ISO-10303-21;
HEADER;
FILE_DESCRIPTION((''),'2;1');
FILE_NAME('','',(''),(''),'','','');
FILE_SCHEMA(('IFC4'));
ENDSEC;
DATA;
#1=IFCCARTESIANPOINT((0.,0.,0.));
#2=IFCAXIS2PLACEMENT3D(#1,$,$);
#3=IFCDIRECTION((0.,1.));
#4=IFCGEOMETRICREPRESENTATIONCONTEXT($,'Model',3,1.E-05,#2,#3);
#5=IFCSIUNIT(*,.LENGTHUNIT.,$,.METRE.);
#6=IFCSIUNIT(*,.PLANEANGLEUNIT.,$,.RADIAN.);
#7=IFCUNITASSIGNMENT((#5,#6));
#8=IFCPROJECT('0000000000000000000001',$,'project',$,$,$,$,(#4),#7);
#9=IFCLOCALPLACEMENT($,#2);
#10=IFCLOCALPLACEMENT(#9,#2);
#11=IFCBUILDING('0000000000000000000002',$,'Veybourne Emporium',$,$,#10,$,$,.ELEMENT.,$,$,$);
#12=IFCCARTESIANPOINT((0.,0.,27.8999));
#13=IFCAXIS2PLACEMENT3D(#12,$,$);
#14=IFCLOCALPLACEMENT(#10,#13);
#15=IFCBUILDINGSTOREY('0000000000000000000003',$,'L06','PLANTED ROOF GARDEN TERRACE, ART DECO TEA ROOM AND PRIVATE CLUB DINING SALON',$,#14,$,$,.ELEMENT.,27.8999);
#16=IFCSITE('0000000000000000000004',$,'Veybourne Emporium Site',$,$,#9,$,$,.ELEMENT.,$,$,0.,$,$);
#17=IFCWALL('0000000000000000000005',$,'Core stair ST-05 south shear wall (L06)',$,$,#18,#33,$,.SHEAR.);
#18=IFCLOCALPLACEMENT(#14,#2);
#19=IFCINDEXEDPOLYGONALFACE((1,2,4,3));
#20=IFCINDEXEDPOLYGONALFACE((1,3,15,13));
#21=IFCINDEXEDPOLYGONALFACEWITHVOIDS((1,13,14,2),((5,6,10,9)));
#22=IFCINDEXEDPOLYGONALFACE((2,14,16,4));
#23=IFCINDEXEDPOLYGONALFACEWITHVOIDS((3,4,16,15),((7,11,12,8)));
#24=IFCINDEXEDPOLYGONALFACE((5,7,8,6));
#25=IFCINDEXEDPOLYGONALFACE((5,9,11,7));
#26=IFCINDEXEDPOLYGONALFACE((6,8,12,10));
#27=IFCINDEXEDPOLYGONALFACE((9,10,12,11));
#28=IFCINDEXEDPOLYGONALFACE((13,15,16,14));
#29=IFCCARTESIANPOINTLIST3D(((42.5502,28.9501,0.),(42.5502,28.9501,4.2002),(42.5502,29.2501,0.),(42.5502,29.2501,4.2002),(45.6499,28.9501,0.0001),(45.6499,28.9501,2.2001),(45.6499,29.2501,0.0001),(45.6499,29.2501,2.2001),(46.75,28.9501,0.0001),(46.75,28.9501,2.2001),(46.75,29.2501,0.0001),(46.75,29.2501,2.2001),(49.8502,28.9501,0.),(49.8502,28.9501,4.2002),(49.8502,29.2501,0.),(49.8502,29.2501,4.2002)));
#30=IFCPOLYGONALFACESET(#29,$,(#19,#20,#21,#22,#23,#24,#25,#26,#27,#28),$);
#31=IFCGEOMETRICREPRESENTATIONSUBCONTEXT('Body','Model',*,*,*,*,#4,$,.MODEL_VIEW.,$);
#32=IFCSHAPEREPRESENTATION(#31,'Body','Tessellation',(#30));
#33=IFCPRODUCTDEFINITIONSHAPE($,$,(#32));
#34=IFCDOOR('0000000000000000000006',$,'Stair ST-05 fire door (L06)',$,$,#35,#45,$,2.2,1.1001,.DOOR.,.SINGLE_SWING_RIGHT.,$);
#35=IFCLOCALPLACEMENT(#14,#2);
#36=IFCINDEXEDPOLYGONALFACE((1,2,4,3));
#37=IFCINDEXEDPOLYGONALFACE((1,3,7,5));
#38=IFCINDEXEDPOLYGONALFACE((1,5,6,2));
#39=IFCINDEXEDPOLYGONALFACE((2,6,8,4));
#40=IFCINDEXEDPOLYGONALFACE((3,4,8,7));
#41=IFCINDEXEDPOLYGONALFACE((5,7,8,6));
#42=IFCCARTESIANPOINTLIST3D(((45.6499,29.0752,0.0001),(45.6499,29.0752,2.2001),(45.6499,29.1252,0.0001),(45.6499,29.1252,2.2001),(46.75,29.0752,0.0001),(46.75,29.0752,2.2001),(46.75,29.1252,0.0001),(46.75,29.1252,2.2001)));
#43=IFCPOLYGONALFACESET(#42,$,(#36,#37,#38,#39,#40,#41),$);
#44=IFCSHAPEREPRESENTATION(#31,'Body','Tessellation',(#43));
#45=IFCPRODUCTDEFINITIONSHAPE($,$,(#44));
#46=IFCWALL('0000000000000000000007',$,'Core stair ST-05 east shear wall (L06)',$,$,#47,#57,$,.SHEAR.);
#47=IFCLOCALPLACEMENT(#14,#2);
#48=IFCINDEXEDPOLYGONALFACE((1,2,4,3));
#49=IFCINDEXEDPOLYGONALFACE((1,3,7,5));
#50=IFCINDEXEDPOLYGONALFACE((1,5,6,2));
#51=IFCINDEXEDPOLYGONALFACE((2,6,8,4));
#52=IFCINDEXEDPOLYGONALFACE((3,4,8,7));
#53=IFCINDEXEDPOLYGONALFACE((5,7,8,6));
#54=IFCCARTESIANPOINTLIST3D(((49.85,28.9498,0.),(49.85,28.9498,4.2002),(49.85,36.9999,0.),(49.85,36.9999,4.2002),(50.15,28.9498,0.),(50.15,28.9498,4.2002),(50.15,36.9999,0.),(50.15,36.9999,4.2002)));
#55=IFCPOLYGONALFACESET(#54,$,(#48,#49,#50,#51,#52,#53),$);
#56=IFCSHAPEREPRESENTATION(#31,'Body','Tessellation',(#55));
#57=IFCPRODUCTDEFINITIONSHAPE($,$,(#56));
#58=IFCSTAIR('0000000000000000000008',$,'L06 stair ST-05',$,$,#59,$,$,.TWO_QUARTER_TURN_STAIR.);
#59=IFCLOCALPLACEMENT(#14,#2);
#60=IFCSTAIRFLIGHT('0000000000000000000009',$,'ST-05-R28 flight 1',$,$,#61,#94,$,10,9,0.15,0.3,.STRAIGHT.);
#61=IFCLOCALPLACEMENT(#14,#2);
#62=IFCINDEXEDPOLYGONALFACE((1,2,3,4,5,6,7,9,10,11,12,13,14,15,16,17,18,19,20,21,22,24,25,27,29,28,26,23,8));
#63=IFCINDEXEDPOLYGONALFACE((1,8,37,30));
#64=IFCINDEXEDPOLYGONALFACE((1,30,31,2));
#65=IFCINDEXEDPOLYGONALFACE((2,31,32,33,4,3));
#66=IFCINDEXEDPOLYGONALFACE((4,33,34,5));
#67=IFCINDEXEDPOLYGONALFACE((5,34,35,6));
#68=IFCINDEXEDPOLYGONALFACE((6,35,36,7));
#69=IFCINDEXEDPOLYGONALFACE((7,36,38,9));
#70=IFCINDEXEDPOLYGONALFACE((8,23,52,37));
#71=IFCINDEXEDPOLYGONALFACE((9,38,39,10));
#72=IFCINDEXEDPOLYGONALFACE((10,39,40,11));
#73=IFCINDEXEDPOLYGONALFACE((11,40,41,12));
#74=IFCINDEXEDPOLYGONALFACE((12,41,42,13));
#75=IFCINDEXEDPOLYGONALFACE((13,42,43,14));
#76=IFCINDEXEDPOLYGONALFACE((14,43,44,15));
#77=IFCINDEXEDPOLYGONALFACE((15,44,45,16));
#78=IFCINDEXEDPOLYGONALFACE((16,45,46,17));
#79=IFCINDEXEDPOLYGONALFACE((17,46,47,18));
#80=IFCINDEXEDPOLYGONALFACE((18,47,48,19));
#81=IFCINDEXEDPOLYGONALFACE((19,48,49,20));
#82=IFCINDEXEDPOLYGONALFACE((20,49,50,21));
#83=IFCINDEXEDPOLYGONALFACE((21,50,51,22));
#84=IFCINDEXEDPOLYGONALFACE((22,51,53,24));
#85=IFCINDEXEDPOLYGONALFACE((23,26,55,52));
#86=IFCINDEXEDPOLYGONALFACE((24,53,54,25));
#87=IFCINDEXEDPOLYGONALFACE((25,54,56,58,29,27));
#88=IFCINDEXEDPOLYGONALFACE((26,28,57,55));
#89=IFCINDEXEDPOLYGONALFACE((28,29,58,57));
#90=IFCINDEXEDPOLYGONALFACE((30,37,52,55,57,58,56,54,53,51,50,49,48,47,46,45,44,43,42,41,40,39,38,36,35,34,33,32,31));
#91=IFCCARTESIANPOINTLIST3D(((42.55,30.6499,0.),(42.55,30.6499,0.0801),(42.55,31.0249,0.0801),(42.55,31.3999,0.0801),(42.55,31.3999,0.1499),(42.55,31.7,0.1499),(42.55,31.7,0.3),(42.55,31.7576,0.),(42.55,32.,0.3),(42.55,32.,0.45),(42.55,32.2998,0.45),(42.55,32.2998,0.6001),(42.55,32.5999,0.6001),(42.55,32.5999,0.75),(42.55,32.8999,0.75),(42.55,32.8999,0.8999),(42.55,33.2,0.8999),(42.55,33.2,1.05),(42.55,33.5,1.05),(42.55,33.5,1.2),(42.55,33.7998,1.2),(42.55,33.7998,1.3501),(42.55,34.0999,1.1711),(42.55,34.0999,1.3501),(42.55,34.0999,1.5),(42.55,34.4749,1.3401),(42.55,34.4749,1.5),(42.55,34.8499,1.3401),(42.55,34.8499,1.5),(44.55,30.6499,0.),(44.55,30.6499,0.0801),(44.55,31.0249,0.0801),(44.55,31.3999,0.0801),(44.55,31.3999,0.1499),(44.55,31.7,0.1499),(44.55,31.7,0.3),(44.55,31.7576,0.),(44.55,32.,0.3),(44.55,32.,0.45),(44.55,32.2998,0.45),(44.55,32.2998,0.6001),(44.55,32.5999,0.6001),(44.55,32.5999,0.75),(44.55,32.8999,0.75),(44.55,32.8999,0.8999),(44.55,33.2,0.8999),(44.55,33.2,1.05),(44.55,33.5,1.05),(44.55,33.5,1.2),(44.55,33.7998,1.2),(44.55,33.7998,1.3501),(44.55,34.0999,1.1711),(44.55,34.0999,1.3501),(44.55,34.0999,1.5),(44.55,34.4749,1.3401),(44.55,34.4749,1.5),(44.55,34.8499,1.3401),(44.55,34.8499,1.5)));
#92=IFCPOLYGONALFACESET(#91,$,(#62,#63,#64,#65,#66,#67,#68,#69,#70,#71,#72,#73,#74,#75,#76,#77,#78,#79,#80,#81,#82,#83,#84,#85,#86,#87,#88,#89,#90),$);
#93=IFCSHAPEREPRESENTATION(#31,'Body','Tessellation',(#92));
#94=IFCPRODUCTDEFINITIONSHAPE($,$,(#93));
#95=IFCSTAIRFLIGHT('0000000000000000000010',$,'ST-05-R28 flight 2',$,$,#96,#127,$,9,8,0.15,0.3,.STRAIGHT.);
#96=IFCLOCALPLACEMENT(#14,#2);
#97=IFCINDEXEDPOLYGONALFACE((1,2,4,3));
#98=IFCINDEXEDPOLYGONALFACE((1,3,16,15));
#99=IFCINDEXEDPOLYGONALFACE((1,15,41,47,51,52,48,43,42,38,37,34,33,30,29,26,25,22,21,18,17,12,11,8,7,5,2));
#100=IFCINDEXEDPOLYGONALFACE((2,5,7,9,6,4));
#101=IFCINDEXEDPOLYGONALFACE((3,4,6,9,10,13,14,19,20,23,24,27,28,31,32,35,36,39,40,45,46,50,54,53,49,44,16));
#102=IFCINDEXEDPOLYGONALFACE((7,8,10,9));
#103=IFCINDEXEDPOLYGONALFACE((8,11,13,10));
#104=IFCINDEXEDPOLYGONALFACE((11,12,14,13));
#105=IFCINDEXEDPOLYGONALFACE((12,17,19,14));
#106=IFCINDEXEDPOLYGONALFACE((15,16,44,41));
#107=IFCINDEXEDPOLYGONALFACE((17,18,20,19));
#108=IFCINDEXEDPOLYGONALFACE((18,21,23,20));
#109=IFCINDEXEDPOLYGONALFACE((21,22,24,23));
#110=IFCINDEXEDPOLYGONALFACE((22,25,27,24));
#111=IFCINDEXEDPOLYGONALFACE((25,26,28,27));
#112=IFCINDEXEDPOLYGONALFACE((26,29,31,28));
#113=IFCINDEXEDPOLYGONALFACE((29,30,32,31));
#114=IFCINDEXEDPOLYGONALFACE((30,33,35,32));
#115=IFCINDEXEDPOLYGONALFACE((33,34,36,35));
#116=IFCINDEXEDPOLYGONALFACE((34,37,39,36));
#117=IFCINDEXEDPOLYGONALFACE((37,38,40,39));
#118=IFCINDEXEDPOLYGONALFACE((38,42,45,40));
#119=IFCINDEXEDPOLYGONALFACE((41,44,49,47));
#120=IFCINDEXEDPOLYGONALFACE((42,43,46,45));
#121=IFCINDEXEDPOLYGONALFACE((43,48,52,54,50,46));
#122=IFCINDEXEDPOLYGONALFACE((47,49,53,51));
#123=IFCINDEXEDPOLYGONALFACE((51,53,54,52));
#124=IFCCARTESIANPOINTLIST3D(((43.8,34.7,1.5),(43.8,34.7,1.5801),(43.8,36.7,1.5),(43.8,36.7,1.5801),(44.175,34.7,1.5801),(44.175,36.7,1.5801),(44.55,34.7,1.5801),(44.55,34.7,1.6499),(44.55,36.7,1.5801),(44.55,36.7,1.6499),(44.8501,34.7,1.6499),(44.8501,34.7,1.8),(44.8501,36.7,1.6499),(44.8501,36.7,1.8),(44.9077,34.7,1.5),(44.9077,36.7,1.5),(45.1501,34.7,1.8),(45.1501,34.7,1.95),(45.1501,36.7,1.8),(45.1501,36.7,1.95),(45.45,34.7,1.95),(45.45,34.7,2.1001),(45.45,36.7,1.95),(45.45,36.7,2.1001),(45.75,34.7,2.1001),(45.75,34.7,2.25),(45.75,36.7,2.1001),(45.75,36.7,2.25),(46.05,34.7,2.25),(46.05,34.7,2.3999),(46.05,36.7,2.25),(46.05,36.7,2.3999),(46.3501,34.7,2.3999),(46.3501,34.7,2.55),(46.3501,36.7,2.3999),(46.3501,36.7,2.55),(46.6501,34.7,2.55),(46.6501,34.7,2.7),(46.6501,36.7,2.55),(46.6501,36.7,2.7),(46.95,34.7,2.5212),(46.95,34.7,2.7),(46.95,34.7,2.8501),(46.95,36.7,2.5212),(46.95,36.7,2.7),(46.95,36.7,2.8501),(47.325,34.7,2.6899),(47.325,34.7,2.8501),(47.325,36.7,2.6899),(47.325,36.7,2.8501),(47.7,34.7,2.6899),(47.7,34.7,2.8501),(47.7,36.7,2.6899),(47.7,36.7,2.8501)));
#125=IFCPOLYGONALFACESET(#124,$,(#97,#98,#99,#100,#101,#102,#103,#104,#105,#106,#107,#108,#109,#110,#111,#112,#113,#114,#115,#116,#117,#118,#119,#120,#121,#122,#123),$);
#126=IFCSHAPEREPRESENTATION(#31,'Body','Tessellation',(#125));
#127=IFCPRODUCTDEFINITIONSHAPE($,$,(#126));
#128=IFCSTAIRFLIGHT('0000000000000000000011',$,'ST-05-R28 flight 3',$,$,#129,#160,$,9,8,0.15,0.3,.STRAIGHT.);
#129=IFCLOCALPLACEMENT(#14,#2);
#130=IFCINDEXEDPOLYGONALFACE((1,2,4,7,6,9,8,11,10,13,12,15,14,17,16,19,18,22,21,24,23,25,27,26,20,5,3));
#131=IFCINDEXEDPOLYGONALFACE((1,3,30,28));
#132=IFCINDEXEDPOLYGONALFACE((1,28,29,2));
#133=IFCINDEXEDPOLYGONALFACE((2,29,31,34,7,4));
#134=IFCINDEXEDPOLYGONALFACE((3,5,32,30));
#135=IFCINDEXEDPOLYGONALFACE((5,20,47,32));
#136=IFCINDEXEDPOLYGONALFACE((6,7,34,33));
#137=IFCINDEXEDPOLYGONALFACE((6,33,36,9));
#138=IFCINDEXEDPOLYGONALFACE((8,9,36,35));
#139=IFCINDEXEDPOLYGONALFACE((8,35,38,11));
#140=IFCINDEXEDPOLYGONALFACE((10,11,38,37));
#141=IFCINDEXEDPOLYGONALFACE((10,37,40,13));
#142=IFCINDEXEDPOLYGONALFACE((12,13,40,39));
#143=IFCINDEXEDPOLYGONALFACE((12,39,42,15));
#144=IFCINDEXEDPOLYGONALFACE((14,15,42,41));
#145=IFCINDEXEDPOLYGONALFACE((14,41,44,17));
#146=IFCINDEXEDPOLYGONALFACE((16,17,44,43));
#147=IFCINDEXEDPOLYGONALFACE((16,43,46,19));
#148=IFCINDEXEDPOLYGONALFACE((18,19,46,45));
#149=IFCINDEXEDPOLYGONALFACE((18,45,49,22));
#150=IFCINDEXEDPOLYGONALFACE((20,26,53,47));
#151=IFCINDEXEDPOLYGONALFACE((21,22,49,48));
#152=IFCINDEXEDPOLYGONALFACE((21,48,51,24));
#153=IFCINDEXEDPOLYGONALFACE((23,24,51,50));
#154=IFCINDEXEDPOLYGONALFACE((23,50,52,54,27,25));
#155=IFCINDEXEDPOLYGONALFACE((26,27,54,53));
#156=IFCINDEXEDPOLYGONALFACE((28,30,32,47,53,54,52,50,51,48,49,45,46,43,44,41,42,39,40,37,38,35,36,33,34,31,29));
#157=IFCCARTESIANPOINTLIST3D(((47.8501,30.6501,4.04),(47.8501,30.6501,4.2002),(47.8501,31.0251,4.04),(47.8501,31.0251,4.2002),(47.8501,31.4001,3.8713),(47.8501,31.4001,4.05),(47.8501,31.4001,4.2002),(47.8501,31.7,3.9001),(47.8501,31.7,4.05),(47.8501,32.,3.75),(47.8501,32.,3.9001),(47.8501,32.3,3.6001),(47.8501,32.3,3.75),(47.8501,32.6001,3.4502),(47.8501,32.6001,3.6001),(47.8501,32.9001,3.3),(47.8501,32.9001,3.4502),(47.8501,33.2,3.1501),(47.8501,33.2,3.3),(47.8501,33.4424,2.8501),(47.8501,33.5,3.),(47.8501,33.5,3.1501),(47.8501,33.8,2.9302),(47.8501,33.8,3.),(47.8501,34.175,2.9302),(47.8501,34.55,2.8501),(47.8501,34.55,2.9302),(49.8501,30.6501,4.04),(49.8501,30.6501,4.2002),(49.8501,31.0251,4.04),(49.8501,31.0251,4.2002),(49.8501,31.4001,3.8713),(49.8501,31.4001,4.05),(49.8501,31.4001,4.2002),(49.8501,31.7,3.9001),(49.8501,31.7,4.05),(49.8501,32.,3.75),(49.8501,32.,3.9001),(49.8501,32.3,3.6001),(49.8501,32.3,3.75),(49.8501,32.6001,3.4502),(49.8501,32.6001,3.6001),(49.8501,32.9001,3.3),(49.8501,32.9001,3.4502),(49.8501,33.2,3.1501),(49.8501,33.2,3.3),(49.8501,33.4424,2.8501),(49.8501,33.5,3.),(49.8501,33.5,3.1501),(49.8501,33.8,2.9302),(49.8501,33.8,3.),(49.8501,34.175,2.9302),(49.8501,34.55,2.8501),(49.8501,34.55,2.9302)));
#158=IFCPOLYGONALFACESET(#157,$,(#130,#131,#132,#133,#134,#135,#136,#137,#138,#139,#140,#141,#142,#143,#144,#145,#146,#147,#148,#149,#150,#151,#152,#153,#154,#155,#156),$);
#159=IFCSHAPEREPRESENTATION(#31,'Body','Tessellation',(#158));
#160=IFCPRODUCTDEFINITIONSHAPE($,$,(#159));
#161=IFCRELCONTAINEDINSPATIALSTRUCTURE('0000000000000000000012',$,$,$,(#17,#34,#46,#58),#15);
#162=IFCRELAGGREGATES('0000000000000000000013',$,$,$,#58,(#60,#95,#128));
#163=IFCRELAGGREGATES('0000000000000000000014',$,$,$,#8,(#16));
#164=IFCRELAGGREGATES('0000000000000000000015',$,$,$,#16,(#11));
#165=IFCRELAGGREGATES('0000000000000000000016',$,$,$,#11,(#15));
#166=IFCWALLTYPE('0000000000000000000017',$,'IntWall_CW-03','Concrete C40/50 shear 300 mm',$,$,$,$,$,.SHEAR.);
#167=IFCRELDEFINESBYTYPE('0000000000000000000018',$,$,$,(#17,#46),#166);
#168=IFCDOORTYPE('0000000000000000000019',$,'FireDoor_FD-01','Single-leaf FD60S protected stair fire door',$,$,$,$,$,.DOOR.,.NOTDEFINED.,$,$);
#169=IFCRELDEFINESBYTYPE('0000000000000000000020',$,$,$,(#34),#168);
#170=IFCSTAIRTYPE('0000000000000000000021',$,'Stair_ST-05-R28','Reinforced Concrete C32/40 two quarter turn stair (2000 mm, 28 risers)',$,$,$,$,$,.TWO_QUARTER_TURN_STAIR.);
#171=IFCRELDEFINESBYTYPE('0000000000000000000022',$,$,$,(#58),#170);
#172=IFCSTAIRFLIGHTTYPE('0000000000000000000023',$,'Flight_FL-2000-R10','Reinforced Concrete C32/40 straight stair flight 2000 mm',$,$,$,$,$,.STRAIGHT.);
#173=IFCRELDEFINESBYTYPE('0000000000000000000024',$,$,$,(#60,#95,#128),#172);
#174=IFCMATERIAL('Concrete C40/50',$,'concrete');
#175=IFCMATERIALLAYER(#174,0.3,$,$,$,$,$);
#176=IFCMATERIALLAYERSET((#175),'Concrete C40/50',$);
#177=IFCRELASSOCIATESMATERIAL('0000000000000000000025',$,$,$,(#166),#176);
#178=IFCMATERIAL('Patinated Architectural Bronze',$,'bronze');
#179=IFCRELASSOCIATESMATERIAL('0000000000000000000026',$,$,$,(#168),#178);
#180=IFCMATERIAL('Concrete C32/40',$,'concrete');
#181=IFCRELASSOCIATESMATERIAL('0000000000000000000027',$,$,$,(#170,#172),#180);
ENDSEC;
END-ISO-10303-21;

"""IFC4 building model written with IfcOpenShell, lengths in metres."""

from ifc_helpers import new_model, si_unit, direction, frame, frame_2d, origin, place, context, subcontext, project, spatial, polyline, rectangle, outline, extrude, material, layer, layer_set, type_object, element, fill, aggregate, save


model = new_model("IFC4")

# Units and contexts
model_context = context("Model", 3, precision=1e-05, world=origin(), true_north=direction((0.0, 1.0)))
body_context = subcontext(model_context, "Body", "Model", "MODEL_VIEW")
ifc_project = project(units=[si_unit("LENGTHUNIT", "METRE"), si_unit("PLANEANGLEUNIT", "RADIAN")], contexts=[model_context])

# Site, building, storey
site_placement = place(None, origin())
site = spatial("IfcSite", under=ifc_project, at=site_placement, Name="Veybourne Emporium Site", CompositionType="ELEMENT", RefElevation=0.0)
building_placement = place(site_placement, origin())
building = spatial("IfcBuilding", under=site, at=building_placement, Name="Veybourne Emporium", CompositionType="ELEMENT")
storey_placement = place(building_placement, frame((0.0, 0.0, 27.8999)))
storey = spatial("IfcBuildingStorey", under=building, at=storey_placement, Name="L06", Description="PLANTED ROOF GARDEN TERRACE, ART DECO TEA ROOM AND PRIVATE CLUB DINING SALON", CompositionType="ELEMENT", Elevation=27.8999)

# Shared definitions
ifc_material_1 = material(Name="Concrete C40/50", Category="concrete")

# Shared definitions
ifc_material_2 = material(Name="Concrete C32/40", Category="concrete")

# Wall, opening, door
ifc_layer_1 = layer(ifc_material_1, 0.3)
ifc_layer_set_1 = layer_set([ifc_layer_1], Name="Concrete C40/50")
wall_type_1 = type_object("IfcWallType", Name="IntWall_CW-03", Description="Concrete C40/50 shear 300 mm", PredefinedType="SHEAR", material=ifc_layer_set_1)
wall_1_placement = place(storey_placement, frame((49.8501, 29.1001, 0.0), z_axis=(0.0, 0.0, 1.0), x_axis=(-1.0, 0.0, 0.0)))
wall_1 = element("IfcWall", 1, at=wall_1_placement, inside=storey, type_object=wall_type_1, Name="Core stair ST-05 south shear wall (L06)", PredefinedType="SHEAR", context=body_context, shape_type="SweptSolid", body=[
    extrude(rectangle(XDim=7.3, YDim=0.3, at=frame_2d((3.6499, 0.0))), origin(), (0.0, 0.0, 1.0), 4.2002),
])
opening_1_placement = place(wall_1_placement, frame((3.1001, 0.0, 0.0)))
opening_1 = element("IfcOpeningElement", 2, at=opening_1_placement, cuts=wall_1, PredefinedType="OPENING", context=body_context, shape_type="SweptSolid", body=[
    extrude(rectangle(XDim=1.1001, YDim=2.2, at=frame_2d((0.55, 1.1001))), frame((0.0, 0.1699, 0.0), z_axis=(0.0, -1.0, 0.0), x_axis=(1.0, 0.0, 0.0)), (0.0, 0.0, 1.0), 0.3401),
])
ifc_material_3 = material(Name="Patinated Architectural Bronze", Category="bronze")
door_type = type_object("IfcDoorType", Name="FireDoor_FD-01", Description="Single-leaf FD60S protected stair fire door", OperationType="NOTDEFINED", PredefinedType="DOOR", material=ifc_material_3)
door_placement = place(opening_1_placement, origin())
door = element("IfcDoor", 3, at=door_placement, inside=storey, type_object=door_type, Name="Stair ST-05 fire door (L06)", OperationType="SINGLE_SWING_RIGHT", OverallHeight=2.2, OverallWidth=1.1001, PredefinedType="DOOR", context=body_context, shape_type="SweptSolid", body=[
    extrude(rectangle(XDim=1.1001, YDim=2.2, at=frame_2d((0.55, 1.1001))), frame((0.0, 0.0249, 0.0), z_axis=(0.0, -1.0, 0.0), x_axis=(1.0, 0.0, 0.0)), (0.0, 0.0, 1.0), 0.05),
])
fill(opening_1, door)

# Wall
wall_2_placement = place(storey_placement, frame((50.0, 28.95, 0.0), z_axis=(0.0, 0.0, 1.0), x_axis=(0.0, 1.0, 0.0)))
element("IfcWall", 4, at=wall_2_placement, inside=storey, type_object=wall_type_1, Name="Core stair ST-05 east shear wall (L06)", PredefinedType="SHEAR", context=body_context, shape_type="SweptSolid", body=[
    extrude(rectangle(XDim=8.05, YDim=0.3, at=frame_2d((4.0249, 0.0))), origin(), (0.0, 0.0, 1.0), 4.2002),
])

# Stair, stair flights
stair_type = type_object("IfcStairType", Name="Stair_ST-05-R28", Description="Reinforced Concrete C32/40 two quarter turn stair (2000 mm, 28 risers)", PredefinedType="TWO_QUARTER_TURN_STAIR", material=ifc_material_2)
stair_placement = place(storey_placement, origin())
stair = element("IfcStair", 5, at=stair_placement, inside=storey, type_object=stair_type, Name="L06 stair ST-05", PredefinedType="TWO_QUARTER_TURN_STAIR")
stair_flight_type = type_object("IfcStairFlightType", Name="Flight_FL-2000-R10", Description="Reinforced Concrete C32/40 straight stair flight 2000 mm", PredefinedType="STRAIGHT", material=ifc_material_2)
stair_flight_1_placement = place(storey_placement, frame((43.55, 31.3999, 0.0), z_axis=(0.0, 0.0, 1.0), x_axis=(0.0, 1.0, 0.0)))
stair_flight_1 = element("IfcStairFlight", 6, at=stair_flight_1_placement, type_object=stair_flight_type, Name="ST-05-R28 flight 1", NumberOfRisers=10, NumberOfTreads=9, PredefinedType="STRAIGHT", RiserHeight=0.15, TreadLength=0.3, context=body_context, shape_type="SweptSolid", body=[
    extrude(outline(polyline([(-0.75, 0.0), (-0.75, 0.0801), (-0.375, 0.0801), (0.0, 0.0801), (0.0, 0.1499), (0.3, 0.1499), (0.3, 0.3), (0.6001, 0.3), (0.6001, 0.45), (0.8999, 0.45), (0.8999, 0.6001), (1.2, 0.6001), (1.2, 0.75), (1.5, 0.75), (1.5, 0.8999), (1.8, 0.8999), (1.8, 1.05), (2.1001, 1.05), (2.1001, 1.2), (2.3999, 1.2), (2.3999, 1.3501), (2.7, 1.3501), (2.7, 1.5), (3.075, 1.5), (3.45, 1.5), (3.45, 1.3401), (3.075, 1.3401), (2.7, 1.1711), (0.3577, 0.0), (-0.75, 0.0)])), frame((0.0, 1.0, 0.0), z_axis=(0.0, -1.0, 0.0), x_axis=(1.0, 0.0, 0.0)), (0.0, 0.0, 1.0), 2.0),
])
stair_flight_2_placement = place(storey_placement, frame((44.55, 35.7, 1.5), z_axis=(0.0, 0.0, 1.0), x_axis=(1.0, 0.0, 0.0)))
stair_flight_2 = element("IfcStairFlight", 7, at=stair_flight_2_placement, type_object=stair_flight_type, Name="ST-05-R28 flight 2", NumberOfRisers=9, NumberOfTreads=8, PredefinedType="STRAIGHT", RiserHeight=0.15, TreadLength=0.3, context=body_context, shape_type="SweptSolid", body=[
    extrude(outline(polyline([(-0.75, 0.0), (-0.75, 0.0801), (-0.375, 0.0801), (0.0, 0.0801), (0.0, 0.1499), (0.3, 0.1499), (0.3, 0.3), (0.6001, 0.3), (0.6001, 0.45), (0.8999, 0.45), (0.8999, 0.6001), (1.2, 0.6001), (1.2, 0.75), (1.5, 0.75), (1.5, 0.8999), (1.8, 0.8999), (1.8, 1.05), (2.1001, 1.05), (2.1001, 1.2), (2.3999, 1.2), (2.3999, 1.3501), (2.7749, 1.3501), (3.1499, 1.3501), (3.1499, 1.1899), (2.7749, 1.1899), (2.3999, 1.0212), (0.3577, 0.0), (-0.75, 0.0)])), frame((0.0, 1.0, 0.0), z_axis=(0.0, -1.0, 0.0), x_axis=(1.0, 0.0, 0.0)), (0.0, 0.0, 1.0), 2.0),
])
stair_flight_3_placement = place(storey_placement, frame((48.8501, 33.8, 2.8501), z_axis=(0.0, 0.0, 1.0), x_axis=(0.0, -1.0, 0.0)))
stair_flight_3 = element("IfcStairFlight", 8, at=stair_flight_3_placement, type_object=stair_flight_type, Name="ST-05-R28 flight 3", NumberOfRisers=9, NumberOfTreads=8, PredefinedType="STRAIGHT", RiserHeight=0.15, TreadLength=0.3, context=body_context, shape_type="SweptSolid", body=[
    extrude(outline(polyline([(-0.75, 0.0), (-0.75, 0.0801), (-0.375, 0.0801), (0.0, 0.0801), (0.0, 0.1499), (0.3, 0.1499), (0.3, 0.3), (0.6001, 0.3), (0.6001, 0.45), (0.8999, 0.45), (0.8999, 0.6001), (1.2, 0.6001), (1.2, 0.75), (1.5, 0.75), (1.5, 0.8999), (1.8, 0.8999), (1.8, 1.05), (2.1001, 1.05), (2.1001, 1.2), (2.3999, 1.2), (2.3999, 1.3501), (2.7749, 1.3501), (3.1499, 1.3501), (3.1499, 1.1899), (2.7749, 1.1899), (2.3999, 1.0212), (0.3577, 0.0), (-0.75, 0.0)])), frame((0.0, 1.0, 0.0), z_axis=(0.0, -1.0, 0.0), x_axis=(1.0, 0.0, 0.0)), (0.0, 0.0, 1.0), 2.0),
])
aggregate(stair, [stair_flight_1, stair_flight_2, stair_flight_3])

save(model, "model.ifc")
